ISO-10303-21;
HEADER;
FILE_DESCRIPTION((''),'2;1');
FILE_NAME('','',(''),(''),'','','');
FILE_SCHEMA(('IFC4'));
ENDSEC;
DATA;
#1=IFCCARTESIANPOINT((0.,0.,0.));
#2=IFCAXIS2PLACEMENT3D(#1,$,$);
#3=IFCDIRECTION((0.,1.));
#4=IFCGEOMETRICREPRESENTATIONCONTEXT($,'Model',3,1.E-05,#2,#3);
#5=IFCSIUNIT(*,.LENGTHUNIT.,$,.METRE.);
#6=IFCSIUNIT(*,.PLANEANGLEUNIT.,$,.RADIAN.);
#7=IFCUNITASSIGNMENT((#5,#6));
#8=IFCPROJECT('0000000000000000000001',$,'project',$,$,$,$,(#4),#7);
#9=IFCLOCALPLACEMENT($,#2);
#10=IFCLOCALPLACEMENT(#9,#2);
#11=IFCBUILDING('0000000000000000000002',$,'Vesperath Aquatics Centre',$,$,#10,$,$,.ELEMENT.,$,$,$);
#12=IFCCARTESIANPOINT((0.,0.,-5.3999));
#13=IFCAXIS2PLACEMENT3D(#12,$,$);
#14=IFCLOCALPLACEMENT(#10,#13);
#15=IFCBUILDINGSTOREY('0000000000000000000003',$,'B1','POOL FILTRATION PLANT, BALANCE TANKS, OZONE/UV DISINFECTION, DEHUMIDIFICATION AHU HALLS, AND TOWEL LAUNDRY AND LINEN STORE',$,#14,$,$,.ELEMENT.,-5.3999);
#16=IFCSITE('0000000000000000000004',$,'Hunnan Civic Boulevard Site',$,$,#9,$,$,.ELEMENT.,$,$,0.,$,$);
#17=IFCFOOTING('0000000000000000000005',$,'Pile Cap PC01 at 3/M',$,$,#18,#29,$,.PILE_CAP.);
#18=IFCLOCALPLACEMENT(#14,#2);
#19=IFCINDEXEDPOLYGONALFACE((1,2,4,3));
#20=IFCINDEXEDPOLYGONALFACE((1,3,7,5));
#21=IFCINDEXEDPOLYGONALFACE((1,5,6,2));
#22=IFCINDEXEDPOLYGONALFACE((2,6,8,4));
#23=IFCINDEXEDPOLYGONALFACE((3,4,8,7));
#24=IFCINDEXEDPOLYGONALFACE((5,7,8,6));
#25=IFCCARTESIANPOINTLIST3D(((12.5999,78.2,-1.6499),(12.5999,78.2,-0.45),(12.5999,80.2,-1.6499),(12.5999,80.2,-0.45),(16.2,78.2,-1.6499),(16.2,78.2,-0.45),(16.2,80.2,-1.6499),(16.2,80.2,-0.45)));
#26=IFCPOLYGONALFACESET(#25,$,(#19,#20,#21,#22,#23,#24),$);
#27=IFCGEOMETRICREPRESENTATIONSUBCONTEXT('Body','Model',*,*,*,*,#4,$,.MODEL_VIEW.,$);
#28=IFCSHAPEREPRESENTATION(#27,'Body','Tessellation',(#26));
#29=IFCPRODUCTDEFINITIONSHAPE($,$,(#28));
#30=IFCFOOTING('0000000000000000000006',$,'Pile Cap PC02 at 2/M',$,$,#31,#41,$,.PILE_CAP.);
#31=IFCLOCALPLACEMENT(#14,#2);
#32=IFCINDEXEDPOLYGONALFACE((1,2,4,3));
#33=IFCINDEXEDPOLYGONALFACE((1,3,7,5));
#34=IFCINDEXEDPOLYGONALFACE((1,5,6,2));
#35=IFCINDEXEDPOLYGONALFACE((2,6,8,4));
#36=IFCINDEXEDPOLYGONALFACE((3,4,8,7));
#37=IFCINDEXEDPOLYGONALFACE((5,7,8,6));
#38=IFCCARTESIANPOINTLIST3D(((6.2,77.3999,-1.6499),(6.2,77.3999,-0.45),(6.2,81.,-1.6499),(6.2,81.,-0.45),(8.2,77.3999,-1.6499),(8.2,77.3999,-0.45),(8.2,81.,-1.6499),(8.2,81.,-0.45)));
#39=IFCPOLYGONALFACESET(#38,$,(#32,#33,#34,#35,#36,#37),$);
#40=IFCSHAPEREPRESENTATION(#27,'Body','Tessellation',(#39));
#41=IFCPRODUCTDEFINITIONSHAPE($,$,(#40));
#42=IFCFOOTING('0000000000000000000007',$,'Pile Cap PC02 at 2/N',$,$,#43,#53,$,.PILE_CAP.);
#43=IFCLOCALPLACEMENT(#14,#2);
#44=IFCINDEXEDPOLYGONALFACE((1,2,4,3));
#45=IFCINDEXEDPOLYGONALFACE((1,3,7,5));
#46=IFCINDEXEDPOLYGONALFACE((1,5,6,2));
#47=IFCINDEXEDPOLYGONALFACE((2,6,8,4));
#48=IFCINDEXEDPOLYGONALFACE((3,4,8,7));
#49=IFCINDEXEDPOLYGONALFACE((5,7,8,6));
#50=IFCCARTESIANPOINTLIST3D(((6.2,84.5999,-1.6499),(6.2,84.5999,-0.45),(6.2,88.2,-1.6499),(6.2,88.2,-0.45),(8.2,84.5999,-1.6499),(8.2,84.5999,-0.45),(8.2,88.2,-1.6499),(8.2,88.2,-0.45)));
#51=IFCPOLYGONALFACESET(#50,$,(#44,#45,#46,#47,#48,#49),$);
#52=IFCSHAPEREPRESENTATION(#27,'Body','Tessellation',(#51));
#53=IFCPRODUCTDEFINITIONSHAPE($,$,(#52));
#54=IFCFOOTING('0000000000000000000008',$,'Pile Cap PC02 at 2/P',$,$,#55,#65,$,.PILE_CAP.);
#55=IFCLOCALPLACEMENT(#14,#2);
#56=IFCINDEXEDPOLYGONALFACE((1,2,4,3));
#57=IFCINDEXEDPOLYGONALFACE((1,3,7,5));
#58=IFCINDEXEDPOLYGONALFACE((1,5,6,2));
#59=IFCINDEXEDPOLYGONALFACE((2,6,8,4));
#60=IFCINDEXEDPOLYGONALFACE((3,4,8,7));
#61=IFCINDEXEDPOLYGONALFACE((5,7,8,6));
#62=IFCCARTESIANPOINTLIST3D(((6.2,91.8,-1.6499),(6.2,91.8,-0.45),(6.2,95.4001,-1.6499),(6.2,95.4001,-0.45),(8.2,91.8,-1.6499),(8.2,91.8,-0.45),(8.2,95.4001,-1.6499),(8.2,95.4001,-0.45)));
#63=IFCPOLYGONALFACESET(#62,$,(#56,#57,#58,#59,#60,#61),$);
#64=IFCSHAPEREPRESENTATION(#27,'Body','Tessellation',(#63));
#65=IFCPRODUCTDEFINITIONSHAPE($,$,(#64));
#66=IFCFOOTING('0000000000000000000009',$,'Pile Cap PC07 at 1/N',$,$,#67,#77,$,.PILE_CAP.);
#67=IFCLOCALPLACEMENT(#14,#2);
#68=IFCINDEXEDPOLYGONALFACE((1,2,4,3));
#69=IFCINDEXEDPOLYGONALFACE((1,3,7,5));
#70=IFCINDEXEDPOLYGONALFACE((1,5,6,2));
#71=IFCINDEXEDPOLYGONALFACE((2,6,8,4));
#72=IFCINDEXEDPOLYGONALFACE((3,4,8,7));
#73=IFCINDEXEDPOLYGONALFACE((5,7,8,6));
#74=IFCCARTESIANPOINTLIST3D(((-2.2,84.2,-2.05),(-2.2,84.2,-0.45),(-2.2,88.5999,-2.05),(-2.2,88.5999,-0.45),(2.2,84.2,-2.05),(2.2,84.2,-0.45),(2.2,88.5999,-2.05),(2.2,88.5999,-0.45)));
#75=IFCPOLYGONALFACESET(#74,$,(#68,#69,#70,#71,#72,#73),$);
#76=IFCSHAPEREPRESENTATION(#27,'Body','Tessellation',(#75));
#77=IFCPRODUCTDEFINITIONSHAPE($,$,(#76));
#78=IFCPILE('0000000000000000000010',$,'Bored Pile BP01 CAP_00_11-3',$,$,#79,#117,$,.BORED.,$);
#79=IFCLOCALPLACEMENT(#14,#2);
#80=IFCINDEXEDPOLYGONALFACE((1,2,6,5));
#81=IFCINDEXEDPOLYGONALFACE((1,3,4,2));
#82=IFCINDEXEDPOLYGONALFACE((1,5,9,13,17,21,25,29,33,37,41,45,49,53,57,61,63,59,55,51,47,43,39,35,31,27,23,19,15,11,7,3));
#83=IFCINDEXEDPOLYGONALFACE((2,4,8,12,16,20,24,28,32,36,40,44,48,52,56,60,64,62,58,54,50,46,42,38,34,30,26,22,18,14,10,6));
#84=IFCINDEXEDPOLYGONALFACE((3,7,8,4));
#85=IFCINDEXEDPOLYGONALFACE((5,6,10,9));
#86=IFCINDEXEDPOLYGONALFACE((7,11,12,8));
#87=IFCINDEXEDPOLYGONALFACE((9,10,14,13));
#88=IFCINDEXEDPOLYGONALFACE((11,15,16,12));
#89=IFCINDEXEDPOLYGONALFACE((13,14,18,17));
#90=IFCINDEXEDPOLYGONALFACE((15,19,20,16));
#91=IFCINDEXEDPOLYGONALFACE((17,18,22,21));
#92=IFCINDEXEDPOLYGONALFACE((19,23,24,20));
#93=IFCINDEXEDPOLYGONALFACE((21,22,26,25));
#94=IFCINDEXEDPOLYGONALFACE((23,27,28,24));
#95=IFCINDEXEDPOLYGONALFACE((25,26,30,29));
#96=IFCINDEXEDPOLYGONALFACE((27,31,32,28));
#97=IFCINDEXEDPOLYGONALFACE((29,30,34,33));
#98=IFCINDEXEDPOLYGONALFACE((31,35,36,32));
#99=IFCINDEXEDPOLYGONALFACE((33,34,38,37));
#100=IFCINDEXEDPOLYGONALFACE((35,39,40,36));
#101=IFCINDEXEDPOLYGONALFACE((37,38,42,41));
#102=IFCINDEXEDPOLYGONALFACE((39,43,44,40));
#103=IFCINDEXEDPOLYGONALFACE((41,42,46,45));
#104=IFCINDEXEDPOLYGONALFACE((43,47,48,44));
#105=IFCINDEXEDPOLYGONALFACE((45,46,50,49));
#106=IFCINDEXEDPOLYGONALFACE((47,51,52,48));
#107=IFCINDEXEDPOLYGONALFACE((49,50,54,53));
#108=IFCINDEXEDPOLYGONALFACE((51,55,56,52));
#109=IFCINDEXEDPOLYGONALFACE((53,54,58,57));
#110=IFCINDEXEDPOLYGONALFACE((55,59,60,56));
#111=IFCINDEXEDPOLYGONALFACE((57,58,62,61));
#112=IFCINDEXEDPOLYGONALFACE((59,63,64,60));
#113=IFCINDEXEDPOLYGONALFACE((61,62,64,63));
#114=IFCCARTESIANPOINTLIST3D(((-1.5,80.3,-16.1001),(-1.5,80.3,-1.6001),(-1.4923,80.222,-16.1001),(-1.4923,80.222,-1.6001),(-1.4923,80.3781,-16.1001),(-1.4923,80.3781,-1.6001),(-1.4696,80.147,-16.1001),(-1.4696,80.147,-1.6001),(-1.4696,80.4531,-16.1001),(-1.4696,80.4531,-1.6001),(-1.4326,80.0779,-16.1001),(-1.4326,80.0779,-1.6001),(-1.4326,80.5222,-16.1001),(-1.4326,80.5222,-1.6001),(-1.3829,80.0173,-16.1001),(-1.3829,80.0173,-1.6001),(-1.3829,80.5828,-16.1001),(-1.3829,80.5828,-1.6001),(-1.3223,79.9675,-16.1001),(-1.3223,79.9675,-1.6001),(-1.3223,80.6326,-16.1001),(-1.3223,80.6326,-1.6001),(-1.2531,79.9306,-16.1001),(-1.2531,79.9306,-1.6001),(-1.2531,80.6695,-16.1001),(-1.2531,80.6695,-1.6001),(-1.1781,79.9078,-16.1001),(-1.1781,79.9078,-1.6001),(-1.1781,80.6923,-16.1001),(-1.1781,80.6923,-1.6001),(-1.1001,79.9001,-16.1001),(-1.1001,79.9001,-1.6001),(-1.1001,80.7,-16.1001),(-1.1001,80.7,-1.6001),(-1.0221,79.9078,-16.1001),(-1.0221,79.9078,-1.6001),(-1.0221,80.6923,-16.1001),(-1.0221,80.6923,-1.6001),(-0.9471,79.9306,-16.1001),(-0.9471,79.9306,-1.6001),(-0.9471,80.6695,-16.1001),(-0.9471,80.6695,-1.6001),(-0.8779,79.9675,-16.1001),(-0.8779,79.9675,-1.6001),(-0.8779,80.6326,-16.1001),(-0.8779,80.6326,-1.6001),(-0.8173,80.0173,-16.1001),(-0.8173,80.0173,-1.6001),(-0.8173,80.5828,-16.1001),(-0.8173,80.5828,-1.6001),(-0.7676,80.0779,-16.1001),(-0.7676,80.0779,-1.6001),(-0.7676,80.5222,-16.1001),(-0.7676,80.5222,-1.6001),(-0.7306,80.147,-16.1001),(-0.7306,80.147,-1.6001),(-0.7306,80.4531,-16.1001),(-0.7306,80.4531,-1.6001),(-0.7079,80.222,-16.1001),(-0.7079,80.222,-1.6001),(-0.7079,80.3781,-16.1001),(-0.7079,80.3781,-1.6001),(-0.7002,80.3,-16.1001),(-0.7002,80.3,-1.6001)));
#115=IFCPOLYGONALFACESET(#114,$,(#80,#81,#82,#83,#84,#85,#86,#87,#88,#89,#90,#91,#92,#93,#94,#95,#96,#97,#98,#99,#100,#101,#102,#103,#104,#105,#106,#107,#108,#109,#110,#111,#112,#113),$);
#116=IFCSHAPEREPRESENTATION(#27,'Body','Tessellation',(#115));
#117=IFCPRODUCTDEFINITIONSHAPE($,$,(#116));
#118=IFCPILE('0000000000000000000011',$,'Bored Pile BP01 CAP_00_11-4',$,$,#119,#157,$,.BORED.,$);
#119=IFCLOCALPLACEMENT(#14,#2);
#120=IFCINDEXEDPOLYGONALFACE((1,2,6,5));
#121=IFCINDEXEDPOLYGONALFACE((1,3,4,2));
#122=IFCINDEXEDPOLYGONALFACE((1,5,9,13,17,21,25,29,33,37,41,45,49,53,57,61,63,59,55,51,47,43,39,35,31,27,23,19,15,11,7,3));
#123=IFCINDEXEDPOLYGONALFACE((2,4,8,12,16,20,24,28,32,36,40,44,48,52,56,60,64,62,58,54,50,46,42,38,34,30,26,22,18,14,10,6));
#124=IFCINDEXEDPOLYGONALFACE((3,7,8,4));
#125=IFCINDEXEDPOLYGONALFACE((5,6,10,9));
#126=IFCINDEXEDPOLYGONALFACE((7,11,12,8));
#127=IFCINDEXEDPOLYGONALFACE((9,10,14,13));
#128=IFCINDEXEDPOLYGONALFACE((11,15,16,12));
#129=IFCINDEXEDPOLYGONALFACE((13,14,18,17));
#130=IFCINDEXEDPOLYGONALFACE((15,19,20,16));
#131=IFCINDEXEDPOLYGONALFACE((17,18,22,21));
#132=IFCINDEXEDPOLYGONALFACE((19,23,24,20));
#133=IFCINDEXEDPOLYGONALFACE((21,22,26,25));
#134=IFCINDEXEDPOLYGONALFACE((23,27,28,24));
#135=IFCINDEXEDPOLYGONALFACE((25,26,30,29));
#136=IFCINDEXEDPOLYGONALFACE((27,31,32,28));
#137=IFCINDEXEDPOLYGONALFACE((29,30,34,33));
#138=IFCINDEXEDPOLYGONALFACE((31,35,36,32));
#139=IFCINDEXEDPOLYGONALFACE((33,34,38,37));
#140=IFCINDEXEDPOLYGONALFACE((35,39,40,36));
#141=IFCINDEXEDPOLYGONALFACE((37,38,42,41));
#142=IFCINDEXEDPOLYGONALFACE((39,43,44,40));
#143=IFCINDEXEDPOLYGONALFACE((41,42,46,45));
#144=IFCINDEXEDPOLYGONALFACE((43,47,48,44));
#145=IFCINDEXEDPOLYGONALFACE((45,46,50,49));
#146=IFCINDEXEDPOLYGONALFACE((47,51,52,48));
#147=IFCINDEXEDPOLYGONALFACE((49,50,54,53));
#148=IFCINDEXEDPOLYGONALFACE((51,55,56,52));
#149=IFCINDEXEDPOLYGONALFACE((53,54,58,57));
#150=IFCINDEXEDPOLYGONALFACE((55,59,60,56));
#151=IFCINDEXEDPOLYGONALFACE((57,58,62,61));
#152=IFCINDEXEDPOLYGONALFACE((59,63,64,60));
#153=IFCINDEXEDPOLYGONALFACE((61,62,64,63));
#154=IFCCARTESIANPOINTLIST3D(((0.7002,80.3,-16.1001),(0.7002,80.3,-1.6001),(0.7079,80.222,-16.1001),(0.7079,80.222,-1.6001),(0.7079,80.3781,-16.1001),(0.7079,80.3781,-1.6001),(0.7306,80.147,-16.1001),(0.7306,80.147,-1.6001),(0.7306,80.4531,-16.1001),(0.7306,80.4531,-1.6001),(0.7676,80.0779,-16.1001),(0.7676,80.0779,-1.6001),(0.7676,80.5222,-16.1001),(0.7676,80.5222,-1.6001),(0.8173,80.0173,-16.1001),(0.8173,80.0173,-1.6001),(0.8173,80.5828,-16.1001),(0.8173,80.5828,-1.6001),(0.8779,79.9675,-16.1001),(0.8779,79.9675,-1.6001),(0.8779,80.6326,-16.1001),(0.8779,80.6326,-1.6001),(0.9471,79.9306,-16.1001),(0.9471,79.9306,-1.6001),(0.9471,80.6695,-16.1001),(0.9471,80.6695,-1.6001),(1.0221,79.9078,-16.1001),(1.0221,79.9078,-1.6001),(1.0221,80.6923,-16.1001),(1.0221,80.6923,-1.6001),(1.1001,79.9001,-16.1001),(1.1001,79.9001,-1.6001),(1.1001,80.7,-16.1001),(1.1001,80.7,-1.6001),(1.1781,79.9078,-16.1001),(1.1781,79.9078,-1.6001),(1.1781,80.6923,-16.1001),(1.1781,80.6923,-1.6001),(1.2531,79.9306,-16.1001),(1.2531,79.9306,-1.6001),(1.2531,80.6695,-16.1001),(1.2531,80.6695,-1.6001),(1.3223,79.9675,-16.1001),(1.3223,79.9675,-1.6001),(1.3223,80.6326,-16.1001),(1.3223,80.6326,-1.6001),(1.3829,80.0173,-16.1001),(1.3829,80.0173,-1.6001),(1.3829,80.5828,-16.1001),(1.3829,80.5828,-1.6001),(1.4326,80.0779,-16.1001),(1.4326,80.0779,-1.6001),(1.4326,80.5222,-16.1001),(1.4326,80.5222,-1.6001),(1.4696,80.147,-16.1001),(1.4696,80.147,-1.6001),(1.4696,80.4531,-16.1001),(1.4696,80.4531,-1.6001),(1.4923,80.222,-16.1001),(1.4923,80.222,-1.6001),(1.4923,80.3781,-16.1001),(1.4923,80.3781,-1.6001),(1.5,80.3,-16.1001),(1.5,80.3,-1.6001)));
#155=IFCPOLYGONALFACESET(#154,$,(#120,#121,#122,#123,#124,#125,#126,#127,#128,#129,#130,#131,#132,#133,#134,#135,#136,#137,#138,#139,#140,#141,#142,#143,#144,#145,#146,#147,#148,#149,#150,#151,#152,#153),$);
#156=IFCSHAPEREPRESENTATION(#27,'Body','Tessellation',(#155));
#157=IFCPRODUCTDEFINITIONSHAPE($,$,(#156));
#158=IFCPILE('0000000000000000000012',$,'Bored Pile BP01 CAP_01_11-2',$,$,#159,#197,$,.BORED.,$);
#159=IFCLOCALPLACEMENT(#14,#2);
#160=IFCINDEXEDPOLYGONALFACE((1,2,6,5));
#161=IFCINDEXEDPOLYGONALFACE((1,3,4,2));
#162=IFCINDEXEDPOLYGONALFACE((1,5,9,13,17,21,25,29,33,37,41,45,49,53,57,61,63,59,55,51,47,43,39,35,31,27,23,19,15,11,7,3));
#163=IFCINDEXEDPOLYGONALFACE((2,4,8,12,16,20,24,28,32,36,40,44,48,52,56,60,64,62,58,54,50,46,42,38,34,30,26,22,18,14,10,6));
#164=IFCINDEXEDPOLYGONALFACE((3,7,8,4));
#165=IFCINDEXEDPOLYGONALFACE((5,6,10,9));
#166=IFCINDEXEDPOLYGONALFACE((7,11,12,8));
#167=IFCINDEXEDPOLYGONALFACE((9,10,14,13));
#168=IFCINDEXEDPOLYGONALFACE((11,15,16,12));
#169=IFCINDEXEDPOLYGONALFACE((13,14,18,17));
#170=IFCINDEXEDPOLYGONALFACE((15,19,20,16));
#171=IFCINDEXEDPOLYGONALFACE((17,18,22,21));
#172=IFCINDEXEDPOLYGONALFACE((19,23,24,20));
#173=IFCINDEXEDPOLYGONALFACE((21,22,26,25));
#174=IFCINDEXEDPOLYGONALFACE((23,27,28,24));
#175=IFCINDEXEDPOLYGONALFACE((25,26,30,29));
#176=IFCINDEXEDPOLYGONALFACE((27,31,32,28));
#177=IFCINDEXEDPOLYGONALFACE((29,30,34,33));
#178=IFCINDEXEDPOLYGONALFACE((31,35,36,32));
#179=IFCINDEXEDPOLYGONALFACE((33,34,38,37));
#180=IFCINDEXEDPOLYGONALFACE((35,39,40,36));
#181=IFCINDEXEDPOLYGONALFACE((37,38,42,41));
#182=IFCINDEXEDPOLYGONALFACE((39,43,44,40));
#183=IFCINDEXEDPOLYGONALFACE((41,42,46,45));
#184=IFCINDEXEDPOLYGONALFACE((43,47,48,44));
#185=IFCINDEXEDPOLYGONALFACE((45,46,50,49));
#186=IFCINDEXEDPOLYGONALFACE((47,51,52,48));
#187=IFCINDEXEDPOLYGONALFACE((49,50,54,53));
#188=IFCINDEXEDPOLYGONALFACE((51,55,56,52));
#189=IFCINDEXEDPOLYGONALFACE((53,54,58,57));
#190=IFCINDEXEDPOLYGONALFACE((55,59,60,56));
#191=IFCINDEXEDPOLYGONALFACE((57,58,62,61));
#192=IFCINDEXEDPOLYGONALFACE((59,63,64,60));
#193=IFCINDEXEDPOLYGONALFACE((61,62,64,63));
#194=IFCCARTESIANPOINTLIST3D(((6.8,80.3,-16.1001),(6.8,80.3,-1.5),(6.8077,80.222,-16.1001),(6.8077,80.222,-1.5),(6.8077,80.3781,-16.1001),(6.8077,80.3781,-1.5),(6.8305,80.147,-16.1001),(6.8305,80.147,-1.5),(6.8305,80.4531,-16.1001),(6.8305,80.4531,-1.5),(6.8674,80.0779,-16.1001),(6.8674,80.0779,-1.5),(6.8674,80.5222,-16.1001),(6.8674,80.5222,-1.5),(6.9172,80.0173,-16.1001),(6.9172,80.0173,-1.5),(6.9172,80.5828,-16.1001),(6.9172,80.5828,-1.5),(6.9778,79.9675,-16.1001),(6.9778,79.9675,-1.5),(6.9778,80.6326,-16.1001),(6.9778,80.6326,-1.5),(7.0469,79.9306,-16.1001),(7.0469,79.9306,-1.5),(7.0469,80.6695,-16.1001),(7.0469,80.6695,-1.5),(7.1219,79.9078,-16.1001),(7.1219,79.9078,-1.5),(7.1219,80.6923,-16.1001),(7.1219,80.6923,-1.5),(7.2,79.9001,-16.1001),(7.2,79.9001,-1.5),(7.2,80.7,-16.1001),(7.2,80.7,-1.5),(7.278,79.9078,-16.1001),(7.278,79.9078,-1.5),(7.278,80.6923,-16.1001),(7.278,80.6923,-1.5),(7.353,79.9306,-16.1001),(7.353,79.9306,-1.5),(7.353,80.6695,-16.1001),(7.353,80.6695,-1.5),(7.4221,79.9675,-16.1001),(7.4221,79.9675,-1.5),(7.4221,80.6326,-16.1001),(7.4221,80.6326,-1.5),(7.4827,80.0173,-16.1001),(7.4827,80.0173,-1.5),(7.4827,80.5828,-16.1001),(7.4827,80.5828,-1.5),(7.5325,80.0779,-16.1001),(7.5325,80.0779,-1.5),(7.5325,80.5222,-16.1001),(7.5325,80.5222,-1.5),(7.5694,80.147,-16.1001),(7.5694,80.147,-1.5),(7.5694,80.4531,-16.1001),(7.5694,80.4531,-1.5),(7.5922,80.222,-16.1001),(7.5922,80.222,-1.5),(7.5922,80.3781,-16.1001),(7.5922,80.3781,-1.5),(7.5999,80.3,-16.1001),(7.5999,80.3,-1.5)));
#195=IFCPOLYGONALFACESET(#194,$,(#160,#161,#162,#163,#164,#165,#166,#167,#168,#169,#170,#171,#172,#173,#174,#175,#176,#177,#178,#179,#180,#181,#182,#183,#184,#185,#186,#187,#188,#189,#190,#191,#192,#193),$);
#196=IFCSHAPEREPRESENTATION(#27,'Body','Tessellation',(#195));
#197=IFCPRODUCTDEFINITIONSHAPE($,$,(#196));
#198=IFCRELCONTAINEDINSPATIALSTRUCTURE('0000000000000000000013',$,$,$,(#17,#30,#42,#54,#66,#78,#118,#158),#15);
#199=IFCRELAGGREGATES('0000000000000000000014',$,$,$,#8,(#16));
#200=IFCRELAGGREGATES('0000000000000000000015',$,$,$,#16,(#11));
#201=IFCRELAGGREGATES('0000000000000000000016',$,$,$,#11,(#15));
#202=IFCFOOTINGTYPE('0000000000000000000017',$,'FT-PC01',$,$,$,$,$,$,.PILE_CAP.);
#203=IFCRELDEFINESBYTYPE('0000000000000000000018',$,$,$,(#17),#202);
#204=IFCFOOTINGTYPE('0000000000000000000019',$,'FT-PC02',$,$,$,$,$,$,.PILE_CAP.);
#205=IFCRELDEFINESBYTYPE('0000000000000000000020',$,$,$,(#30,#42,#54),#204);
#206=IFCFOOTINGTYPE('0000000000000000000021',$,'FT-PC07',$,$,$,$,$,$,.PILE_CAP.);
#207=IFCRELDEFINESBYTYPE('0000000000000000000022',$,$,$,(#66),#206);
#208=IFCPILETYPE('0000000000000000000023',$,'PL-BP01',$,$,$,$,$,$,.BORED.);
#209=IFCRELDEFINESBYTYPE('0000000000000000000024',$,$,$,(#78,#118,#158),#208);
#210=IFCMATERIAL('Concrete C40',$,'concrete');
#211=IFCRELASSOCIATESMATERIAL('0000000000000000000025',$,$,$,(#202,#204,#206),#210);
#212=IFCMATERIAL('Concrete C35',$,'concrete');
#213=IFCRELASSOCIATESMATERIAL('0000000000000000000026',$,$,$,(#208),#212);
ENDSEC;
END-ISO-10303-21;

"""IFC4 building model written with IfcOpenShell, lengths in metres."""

from ifc_helpers import new_model, si_unit, direction, frame, origin, origin_2d, place, context, subcontext, project, spatial, rectangle, circle, extrude, material, material_profile, profile_set, type_object, element, save


model = new_model("IFC4")

# Units and contexts
model_context = context("Model", 3, precision=1e-05, world=origin(), true_north=direction((0.0, 1.0)))
body_context = subcontext(model_context, "Body", "Model", "MODEL_VIEW")
ifc_project = project(units=[si_unit("LENGTHUNIT", "METRE"), si_unit("PLANEANGLEUNIT", "RADIAN")], contexts=[model_context])

# Site, building, storey
site_placement = place(None, origin())
site = spatial("IfcSite", under=ifc_project, at=site_placement, Name="Hunnan Civic Boulevard Site", CompositionType="ELEMENT", RefElevation=0.0)
building_placement = place(site_placement, origin())
building = spatial("IfcBuilding", under=site, at=building_placement, Name="Vesperath Aquatics Centre", CompositionType="ELEMENT")
storey_placement = place(building_placement, frame((0.0, 0.0, -5.3999)))
storey = spatial("IfcBuildingStorey", under=building, at=storey_placement, Name="B1", Description="POOL FILTRATION PLANT, BALANCE TANKS, OZONE/UV DISINFECTION, DEHUMIDIFICATION AHU HALLS, AND TOWEL LAUNDRY AND LINEN STORE", CompositionType="ELEMENT", Elevation=-5.3999)

# Footings
ifc_material_1 = material(Name="Concrete C40", Category="concrete")
footing_type_1 = type_object("IfcFootingType", Name="FT-PC01", PredefinedType="PILE_CAP", material=ifc_material_1)
footing_1_placement = place(storey_placement, frame((14.3999, 79.2, -1.6499), z_axis=(0.0, 0.0, 1.0), x_axis=(1.0, 0.0, 0.0)))
element("IfcFooting", 1, at=footing_1_placement, inside=storey, type_object=footing_type_1, Name="Pile Cap PC01 at 3/M", PredefinedType="PILE_CAP", context=body_context, shape_type="SweptSolid", body=[
    extrude(rectangle(XDim=3.6001, YDim=2.0, at=origin_2d()), origin(), (0.0, 0.0, 1.0), 1.2),
])
footing_type_2 = type_object("IfcFootingType", Name="FT-PC02", PredefinedType="PILE_CAP", material=ifc_material_1)
for number, where, z_axis, x_axis, name in (
    (2, (7.2, 79.2, -1.6499), (0.0, 0.0, 1.0), (1.0, 0.0, 0.0), "Pile Cap PC02 at 2/M"),
    (3, (7.2, 86.3999, -1.6499), (0.0, 0.0, 1.0), (1.0, 0.0, 0.0), "Pile Cap PC02 at 2/N"),
    (4, (7.2, 93.6001, -1.6499), (0.0, 0.0, 1.0), (1.0, 0.0, 0.0), "Pile Cap PC02 at 2/P"),
):
    element("IfcFooting", number, at=place(storey_placement, frame(where, z_axis=z_axis, x_axis=x_axis)), inside=storey, type_object=footing_type_2, Name=name, PredefinedType="PILE_CAP", context=body_context, shape_type="SweptSolid", body=[
        extrude(rectangle(XDim=2.0, YDim=3.6001, at=origin_2d()), origin(), (0.0, 0.0, 1.0), 1.2),
    ])
footing_type_3 = type_object("IfcFootingType", Name="FT-PC07", PredefinedType="PILE_CAP", material=ifc_material_1)
footing_2_placement = place(storey_placement, frame((0.0, 86.3999, -2.05), z_axis=(0.0, 0.0, 1.0), x_axis=(1.0, 0.0, 0.0)))
element("IfcFooting", 5, at=footing_2_placement, inside=storey, type_object=footing_type_3, Name="Pile Cap PC07 at 1/N", PredefinedType="PILE_CAP", context=body_context, shape_type="SweptSolid", body=[
    extrude(rectangle(XDim=4.3999, YDim=4.3999, at=origin_2d()), origin(), (0.0, 0.0, 1.0), 1.6001),
])

# Piles
ifc_material_2 = material(Name="Concrete C35", Category="concrete")
ifc_material_profile_1 = material_profile(ifc_material_2, circle(Radius=0.3999, at=origin_2d()), Name="PILE D800")
ifc_profile_set_1 = profile_set([ifc_material_profile_1], Name="Concrete C35")
pile_type_1 = type_object("IfcPileType", Name="PL-BP01", PredefinedType="BORED", material=ifc_profile_set_1)
for number, where, z_axis, x_axis, name in (
    (6, (-1.1001, 80.3, -1.6001), (0.0, 0.0, -1.0), (1.0, 0.0, 0.0), "Bored Pile BP01 CAP_00_11-3"),
    (7, (1.1001, 80.3, -1.6001), (0.0, 0.0, -1.0), (1.0, 0.0, 0.0), "Bored Pile BP01 CAP_00_11-4"),
):
    element("IfcPile", number, at=place(storey_placement, frame(where, z_axis=z_axis, x_axis=x_axis)), inside=storey, type_object=pile_type_1, Name=name, PredefinedType="BORED", context=body_context, shape_type="SweptSolid", body=[
        extrude(circle(Radius=0.3999, at=origin_2d()), origin(), (0.0, 0.0, 1.0), 14.5),
    ])
for number, where, z_axis, x_axis, name in (
    (8, (7.2, 80.3, -1.5), (0.0, 0.0, -1.0), (1.0, 0.0, 0.0), "Bored Pile BP01 CAP_01_11-2"),
):
    element("IfcPile", number, at=place(storey_placement, frame(where, z_axis=z_axis, x_axis=x_axis)), inside=storey, type_object=pile_type_1, Name=name, PredefinedType="BORED", context=body_context, shape_type="SweptSolid", body=[
        extrude(circle(Radius=0.3999, at=origin_2d()), origin(), (0.0, 0.0, 1.0), 14.6001),
    ])

save(model, "model.ifc")
